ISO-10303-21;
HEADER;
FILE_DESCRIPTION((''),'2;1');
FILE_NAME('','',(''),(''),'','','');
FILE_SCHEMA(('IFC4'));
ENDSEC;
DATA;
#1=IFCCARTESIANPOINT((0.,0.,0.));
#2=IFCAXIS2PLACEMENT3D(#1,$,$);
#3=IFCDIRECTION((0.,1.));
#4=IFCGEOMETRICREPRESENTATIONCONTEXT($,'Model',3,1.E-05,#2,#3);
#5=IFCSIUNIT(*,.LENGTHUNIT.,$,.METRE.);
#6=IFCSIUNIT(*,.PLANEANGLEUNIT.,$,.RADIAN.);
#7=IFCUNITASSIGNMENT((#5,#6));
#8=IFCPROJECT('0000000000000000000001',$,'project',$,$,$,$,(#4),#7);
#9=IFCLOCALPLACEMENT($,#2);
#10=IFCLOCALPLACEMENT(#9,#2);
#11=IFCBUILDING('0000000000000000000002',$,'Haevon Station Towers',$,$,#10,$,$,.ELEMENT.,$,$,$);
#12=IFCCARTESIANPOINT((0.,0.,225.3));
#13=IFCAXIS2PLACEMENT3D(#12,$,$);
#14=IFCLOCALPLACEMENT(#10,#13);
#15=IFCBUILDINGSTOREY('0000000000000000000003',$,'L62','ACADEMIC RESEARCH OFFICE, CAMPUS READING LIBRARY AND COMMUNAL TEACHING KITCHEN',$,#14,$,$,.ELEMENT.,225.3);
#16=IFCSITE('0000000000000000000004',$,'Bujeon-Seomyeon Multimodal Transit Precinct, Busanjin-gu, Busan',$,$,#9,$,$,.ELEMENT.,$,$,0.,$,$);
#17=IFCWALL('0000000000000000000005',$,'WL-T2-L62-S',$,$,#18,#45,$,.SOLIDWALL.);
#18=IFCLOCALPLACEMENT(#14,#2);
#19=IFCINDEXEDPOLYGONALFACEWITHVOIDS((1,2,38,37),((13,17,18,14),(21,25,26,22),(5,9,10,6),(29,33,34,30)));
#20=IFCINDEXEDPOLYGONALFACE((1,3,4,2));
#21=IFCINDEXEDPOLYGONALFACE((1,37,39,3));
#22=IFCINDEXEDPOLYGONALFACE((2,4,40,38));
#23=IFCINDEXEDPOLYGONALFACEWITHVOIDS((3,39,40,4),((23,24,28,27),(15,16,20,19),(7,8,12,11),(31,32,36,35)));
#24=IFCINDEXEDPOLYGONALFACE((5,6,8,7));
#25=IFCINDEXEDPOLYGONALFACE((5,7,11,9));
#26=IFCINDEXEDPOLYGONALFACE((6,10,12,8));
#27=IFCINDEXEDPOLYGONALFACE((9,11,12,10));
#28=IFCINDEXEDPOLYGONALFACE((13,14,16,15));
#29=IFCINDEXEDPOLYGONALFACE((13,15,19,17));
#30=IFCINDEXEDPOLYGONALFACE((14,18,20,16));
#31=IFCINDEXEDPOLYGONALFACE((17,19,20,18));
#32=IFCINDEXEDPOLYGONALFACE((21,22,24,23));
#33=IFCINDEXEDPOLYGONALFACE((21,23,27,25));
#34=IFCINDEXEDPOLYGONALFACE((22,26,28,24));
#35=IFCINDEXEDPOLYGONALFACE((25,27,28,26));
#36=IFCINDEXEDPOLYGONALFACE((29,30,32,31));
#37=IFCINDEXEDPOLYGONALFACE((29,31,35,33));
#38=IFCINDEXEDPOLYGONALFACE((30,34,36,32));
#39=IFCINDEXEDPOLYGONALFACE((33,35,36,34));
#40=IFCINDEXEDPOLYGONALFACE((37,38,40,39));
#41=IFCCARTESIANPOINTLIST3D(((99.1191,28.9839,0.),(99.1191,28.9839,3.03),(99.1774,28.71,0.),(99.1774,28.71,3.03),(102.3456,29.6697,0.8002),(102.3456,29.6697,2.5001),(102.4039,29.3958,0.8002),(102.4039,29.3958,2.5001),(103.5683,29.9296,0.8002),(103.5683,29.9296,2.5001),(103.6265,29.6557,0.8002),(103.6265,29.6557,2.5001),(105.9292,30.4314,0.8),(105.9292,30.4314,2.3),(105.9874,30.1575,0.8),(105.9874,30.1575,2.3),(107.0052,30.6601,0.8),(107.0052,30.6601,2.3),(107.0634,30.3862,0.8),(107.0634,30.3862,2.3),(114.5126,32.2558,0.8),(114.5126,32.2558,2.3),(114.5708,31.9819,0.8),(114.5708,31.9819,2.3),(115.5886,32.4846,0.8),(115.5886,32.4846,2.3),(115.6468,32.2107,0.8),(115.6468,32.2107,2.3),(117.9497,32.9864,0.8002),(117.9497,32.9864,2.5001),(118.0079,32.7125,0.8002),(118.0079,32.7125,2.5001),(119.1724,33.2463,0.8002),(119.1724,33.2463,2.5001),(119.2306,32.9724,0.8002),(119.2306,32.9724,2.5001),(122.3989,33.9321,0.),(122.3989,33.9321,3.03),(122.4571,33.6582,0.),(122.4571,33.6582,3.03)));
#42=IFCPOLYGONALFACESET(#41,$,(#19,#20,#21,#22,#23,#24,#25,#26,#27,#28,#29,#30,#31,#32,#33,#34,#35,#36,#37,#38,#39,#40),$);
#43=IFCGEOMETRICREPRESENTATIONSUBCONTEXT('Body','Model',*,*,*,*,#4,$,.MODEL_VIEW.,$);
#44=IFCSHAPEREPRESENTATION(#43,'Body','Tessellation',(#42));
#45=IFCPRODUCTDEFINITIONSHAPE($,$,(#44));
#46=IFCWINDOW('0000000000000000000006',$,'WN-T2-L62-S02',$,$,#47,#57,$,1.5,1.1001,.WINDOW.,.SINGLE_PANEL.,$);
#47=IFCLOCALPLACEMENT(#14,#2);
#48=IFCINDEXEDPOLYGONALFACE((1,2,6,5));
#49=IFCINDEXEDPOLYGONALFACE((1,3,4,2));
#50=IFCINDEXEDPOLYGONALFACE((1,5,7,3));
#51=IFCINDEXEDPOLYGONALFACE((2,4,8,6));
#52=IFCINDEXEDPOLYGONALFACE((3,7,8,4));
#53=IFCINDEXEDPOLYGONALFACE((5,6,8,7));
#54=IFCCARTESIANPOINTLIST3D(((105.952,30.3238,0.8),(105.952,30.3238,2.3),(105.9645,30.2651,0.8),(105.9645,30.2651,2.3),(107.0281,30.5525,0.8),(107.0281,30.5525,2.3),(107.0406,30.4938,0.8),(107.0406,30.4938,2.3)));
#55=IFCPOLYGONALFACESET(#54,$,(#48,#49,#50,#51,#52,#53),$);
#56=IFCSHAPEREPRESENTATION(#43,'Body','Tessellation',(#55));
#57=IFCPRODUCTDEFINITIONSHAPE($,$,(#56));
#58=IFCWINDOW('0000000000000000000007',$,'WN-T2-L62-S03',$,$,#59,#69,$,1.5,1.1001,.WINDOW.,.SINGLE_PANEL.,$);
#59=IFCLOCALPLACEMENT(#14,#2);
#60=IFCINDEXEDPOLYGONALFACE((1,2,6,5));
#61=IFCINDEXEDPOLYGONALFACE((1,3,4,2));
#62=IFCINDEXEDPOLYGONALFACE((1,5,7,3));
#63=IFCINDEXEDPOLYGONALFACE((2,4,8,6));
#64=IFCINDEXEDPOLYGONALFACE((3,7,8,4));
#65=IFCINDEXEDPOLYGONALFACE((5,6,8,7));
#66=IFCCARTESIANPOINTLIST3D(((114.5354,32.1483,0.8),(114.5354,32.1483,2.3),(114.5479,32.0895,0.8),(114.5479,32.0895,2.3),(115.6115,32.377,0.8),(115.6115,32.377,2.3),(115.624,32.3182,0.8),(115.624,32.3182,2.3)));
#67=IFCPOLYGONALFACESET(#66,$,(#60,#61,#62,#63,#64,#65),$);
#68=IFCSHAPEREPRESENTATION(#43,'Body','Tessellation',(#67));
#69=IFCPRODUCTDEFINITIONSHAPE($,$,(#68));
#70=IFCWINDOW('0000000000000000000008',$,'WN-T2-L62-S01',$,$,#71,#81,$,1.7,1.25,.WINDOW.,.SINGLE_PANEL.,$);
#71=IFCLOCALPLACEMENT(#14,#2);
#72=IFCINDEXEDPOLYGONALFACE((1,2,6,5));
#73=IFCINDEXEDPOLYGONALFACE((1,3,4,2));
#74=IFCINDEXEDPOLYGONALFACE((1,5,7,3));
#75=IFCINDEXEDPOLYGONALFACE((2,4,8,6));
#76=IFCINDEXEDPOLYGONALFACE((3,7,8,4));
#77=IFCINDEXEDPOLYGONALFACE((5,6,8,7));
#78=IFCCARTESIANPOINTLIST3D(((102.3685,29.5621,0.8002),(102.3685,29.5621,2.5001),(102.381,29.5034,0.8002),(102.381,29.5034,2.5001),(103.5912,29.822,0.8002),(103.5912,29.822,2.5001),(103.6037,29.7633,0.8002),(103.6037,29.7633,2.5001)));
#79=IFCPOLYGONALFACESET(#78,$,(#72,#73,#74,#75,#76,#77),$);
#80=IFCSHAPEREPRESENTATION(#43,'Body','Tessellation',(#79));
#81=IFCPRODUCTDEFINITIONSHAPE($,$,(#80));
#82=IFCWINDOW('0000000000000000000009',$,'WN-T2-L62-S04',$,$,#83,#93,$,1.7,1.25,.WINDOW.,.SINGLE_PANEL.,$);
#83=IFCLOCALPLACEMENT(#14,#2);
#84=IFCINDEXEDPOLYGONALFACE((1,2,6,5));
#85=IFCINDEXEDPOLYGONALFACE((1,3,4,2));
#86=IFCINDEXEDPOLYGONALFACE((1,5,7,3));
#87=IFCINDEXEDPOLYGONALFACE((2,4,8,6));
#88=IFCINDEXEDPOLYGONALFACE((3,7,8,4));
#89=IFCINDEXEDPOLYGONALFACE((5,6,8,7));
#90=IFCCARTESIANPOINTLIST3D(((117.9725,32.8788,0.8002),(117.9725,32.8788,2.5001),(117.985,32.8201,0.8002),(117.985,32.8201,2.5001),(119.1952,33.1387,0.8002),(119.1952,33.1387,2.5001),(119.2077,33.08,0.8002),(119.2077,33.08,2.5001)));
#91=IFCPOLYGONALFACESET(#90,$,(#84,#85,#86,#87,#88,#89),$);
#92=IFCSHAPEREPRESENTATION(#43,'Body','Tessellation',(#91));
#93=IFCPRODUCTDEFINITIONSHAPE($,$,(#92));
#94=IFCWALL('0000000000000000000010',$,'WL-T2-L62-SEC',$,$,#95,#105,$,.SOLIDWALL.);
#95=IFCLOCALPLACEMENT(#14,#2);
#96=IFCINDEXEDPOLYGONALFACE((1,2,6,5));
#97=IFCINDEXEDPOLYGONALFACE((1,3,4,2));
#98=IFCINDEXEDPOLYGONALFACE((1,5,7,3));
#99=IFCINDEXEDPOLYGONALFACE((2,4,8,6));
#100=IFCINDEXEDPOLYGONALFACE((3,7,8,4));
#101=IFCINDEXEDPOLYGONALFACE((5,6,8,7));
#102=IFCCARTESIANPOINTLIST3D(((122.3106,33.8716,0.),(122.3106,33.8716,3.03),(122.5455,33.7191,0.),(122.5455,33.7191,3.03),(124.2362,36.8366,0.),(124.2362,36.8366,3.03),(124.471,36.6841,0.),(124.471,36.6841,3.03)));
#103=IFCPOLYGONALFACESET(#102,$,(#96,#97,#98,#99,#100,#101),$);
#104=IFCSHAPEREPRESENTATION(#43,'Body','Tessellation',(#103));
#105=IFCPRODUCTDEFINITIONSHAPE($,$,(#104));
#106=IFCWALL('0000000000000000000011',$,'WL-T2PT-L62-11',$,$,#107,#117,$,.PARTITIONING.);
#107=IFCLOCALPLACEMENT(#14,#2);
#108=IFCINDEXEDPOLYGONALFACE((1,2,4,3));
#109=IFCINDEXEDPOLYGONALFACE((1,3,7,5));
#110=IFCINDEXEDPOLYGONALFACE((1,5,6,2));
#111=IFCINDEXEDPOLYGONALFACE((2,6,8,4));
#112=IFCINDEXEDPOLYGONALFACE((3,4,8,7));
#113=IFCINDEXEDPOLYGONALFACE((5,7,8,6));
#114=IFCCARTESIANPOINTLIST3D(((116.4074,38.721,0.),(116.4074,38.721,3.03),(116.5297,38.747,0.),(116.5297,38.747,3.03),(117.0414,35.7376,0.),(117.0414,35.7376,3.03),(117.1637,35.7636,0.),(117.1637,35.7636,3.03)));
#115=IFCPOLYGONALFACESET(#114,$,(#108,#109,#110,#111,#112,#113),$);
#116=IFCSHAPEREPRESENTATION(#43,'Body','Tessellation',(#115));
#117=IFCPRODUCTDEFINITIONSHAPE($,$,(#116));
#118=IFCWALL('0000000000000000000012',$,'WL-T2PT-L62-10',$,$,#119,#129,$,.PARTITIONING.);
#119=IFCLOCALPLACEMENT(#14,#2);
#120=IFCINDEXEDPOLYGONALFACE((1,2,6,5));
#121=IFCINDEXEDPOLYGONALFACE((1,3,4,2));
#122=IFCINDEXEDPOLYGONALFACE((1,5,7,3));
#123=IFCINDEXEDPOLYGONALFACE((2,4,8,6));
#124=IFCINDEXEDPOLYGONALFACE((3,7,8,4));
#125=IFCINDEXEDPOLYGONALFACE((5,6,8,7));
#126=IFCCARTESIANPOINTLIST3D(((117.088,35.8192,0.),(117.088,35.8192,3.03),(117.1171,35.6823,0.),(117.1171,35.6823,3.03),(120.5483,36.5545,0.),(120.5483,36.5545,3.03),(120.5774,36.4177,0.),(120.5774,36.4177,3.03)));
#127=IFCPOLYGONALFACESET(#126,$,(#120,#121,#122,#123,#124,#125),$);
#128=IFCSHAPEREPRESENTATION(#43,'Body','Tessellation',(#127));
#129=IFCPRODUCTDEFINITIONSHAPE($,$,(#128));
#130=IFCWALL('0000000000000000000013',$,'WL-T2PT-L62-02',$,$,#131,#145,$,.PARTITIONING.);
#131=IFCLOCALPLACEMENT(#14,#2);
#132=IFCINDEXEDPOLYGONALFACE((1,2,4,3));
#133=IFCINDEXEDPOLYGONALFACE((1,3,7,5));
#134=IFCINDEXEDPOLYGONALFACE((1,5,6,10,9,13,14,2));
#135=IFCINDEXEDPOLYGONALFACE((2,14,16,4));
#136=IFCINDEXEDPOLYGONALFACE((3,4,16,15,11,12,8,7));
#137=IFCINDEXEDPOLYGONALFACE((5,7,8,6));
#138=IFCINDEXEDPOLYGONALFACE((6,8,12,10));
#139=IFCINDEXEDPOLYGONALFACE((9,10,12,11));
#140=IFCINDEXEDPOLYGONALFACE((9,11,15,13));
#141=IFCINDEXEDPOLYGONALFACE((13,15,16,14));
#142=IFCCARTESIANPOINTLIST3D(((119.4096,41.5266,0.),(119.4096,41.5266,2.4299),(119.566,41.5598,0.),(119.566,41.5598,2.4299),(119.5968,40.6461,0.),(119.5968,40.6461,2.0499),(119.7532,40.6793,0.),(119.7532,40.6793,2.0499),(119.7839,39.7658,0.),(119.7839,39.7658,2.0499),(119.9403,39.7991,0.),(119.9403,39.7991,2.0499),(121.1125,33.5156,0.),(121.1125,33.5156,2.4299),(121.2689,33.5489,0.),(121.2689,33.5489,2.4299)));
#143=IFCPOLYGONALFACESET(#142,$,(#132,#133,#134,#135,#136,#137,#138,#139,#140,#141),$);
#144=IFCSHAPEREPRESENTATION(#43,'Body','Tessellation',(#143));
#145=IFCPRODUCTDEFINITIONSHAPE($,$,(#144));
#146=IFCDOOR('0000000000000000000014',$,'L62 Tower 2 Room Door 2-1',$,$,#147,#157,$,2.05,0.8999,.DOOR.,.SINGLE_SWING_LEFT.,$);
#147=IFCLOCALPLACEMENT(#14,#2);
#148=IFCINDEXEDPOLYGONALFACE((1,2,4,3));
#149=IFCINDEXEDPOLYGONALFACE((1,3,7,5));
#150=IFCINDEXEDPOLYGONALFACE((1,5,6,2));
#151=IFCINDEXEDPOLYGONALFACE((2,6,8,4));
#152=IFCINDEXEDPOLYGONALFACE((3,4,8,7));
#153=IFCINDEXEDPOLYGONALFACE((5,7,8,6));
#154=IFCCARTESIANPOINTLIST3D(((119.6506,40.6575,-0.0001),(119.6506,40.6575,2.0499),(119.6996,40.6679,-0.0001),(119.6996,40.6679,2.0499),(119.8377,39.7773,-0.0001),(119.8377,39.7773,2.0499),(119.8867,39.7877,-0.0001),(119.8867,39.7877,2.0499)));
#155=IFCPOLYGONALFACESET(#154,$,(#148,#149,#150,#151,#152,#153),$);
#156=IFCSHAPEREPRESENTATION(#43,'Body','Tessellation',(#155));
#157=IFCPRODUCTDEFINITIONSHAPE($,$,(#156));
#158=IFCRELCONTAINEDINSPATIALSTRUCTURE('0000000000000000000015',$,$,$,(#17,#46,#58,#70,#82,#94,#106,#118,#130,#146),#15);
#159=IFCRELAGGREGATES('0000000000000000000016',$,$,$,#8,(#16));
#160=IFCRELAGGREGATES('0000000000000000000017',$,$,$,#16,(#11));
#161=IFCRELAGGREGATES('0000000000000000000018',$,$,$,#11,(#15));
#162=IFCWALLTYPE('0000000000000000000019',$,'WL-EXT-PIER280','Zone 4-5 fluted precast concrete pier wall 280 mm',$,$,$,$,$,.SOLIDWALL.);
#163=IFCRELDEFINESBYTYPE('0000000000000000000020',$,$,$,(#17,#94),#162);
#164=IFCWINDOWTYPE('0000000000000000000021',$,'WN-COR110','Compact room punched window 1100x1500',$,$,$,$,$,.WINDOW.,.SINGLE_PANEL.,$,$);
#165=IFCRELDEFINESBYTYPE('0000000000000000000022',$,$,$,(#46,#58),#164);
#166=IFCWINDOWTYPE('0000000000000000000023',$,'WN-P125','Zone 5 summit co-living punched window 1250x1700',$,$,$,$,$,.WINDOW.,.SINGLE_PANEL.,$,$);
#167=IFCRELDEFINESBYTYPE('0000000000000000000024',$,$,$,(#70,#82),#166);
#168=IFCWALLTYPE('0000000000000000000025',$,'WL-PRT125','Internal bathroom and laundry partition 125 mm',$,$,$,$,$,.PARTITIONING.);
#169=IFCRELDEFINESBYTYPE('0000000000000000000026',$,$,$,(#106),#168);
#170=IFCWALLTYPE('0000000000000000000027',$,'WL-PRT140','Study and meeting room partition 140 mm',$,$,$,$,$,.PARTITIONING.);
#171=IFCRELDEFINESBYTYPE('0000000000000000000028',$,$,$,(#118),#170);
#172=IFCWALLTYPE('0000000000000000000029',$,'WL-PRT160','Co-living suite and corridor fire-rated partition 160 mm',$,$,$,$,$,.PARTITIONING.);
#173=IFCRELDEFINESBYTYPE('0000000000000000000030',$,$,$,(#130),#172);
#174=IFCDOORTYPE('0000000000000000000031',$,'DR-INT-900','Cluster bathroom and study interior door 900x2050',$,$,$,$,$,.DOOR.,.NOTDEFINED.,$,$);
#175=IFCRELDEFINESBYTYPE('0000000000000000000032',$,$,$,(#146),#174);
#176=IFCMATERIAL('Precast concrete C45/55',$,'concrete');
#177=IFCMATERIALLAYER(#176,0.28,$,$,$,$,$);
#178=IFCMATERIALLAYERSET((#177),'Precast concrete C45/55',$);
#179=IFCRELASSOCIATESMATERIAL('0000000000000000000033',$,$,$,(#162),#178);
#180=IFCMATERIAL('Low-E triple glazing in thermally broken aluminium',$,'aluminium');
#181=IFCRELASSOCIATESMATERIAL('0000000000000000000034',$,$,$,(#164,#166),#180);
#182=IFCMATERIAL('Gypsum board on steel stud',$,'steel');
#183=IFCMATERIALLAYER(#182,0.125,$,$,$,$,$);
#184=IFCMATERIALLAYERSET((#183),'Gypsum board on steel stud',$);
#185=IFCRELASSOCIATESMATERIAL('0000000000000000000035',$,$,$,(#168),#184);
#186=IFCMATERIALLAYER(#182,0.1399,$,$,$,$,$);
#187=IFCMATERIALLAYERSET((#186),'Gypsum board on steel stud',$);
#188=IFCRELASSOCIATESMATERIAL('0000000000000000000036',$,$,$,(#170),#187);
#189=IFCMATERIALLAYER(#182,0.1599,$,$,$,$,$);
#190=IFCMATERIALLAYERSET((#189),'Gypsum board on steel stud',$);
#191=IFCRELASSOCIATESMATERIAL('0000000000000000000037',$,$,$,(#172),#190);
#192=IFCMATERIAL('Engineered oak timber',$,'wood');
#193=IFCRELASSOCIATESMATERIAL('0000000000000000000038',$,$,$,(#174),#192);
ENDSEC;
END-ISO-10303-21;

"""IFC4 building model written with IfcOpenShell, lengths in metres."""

from ifc_helpers import new_model, si_unit, direction, frame, frame_2d, origin, place, context, subcontext, project, spatial, rectangle, extrude, material, layer, layer_set, type_object, element, fill, save


model = new_model("IFC4")

# Units and contexts
model_context = context("Model", 3, precision=1e-05, world=origin(), true_north=direction((0.0, 1.0)))
body_context = subcontext(model_context, "Body", "Model", "MODEL_VIEW")
ifc_project = project(units=[si_unit("LENGTHUNIT", "METRE"), si_unit("PLANEANGLEUNIT", "RADIAN")], contexts=[model_context])

# Site, building, storey
site_placement = place(None, origin())
site = spatial("IfcSite", under=ifc_project, at=site_placement, Name="Bujeon-Seomyeon Multimodal Transit Precinct, Busanjin-gu, Busan", CompositionType="ELEMENT", RefElevation=0.0)
building_placement = place(site_placement, origin())
building = spatial("IfcBuilding", under=site, at=building_placement, Name="Haevon Station Towers", CompositionType="ELEMENT")
storey_placement = place(building_placement, frame((0.0, 0.0, 225.3)))
storey = spatial("IfcBuildingStorey", under=building, at=storey_placement, Name="L62", Description="ACADEMIC RESEARCH OFFICE, CAMPUS READING LIBRARY AND COMMUNAL TEACHING KITCHEN", CompositionType="ELEMENT", Elevation=225.3)

# Wall, openings, windows
ifc_material_1 = material(Name="Precast concrete C45/55", Category="concrete")
ifc_layer_1 = layer(ifc_material_1, 0.28)
ifc_layer_set_1 = layer_set([ifc_layer_1], Name="Precast concrete C45/55")
wall_type_1 = type_object("IfcWallType", Name="WL-EXT-PIER280", Description="Zone 4-5 fluted precast concrete pier wall 280 mm", PredefinedType="SOLIDWALL", material=ifc_layer_set_1)
wall_1_placement = place(storey_placement, frame((122.428, 33.7952, 0.0), z_axis=(0.0, 0.0, 1.0), x_axis=(-0.978148, -0.207911, 0.0)))
wall_1 = element("IfcWall", 1, at=wall_1_placement, inside=storey, type_object=wall_type_1, Name="WL-T2-L62-S", PredefinedType="SOLIDWALL", context=body_context, shape_type="SweptSolid", body=[
    extrude(rectangle(XDim=23.7998, YDim=0.28, at=frame_2d((11.8999, 0.0))), origin(), (0.0, 0.0, 1.0), 3.03),
])
opening_1_placement = place(wall_1_placement, frame((19.2512, 0.0, 0.8)))
opening_1 = element("IfcOpeningElement", 2, at=opening_1_placement, cuts=wall_1, PredefinedType="OPENING", context=body_context, shape_type="SweptSolid", body=[
    extrude(rectangle(XDim=1.25, YDim=1.7, at=frame_2d((0.625, 0.8501))), frame((0.0, 0.1499, 0.0), z_axis=(0.0, -1.0, 0.0), x_axis=(1.0, 0.0, 0.0)), (0.0, 0.0, 1.0), 0.3),
])
opening_2_placement = place(wall_1_placement, frame((15.7375, 0.0, 0.8)))
opening_2 = element("IfcOpeningElement", 3, at=opening_2_placement, cuts=wall_1, PredefinedType="OPENING", context=body_context, shape_type="SweptSolid", body=[
    extrude(rectangle(XDim=1.1001, YDim=1.5, at=frame_2d((0.55, 0.75))), frame((0.0, 0.1499, 0.0), z_axis=(0.0, -1.0, 0.0), x_axis=(1.0, 0.0, 0.0)), (0.0, 0.0, 1.0), 0.3),
])
opening_3_placement = place(wall_1_placement, frame((6.9624, 0.0, 0.8)))
opening_3 = element("IfcOpeningElement", 4, at=opening_3_placement, cuts=wall_1, PredefinedType="OPENING", context=body_context, shape_type="SweptSolid", body=[
    extrude(rectangle(XDim=1.1001, YDim=1.5, at=frame_2d((0.55, 0.75))), frame((0.0, 0.1499, 0.0), z_axis=(0.0, -1.0, 0.0), x_axis=(1.0, 0.0, 0.0)), (0.0, 0.0, 1.0), 0.3),
])
opening_4_placement = place(wall_1_placement, frame((3.2986, 0.0, 0.8)))
opening_4 = element("IfcOpeningElement", 5, at=opening_4_placement, cuts=wall_1, PredefinedType="OPENING", context=body_context, shape_type="SweptSolid", body=[
    extrude(rectangle(XDim=1.25, YDim=1.7, at=frame_2d((0.625, 0.8501))), frame((0.0, 0.1499, 0.0), z_axis=(0.0, -1.0, 0.0), x_axis=(1.0, 0.0, 0.0)), (0.0, 0.0, 1.0), 0.3),
])
ifc_material_2 = material(Name="Low-E triple glazing in thermally broken aluminium", Category="aluminium")
window_type_1 = type_object("IfcWindowType", Name="WN-COR110", Description="Compact room punched window 1100x1500", PartitioningType="SINGLE_PANEL", PredefinedType="WINDOW", material=ifc_material_2)
window_1_placement = place(opening_2_placement, origin())
window_1 = element("IfcWindow", 6, at=window_1_placement, inside=storey, type_object=window_type_1, Name="WN-T2-L62-S02", OverallHeight=1.5, OverallWidth=1.1001, PartitioningType="SINGLE_PANEL", PredefinedType="WINDOW", context=body_context, shape_type="SweptSolid", body=[
    extrude(rectangle(XDim=1.1001, YDim=1.5, at=frame_2d((0.55, 0.75))), frame((0.0, 0.03, 0.0), z_axis=(0.0, -1.0, 0.0), x_axis=(1.0, 0.0, 0.0)), (0.0, 0.0, 1.0), 0.0601),
])
fill(opening_2, window_1)
window_2_placement = place(opening_3_placement, origin())
window_2 = element("IfcWindow", 7, at=window_2_placement, inside=storey, type_object=window_type_1, Name="WN-T2-L62-S03", OverallHeight=1.5, OverallWidth=1.1001, PartitioningType="SINGLE_PANEL", PredefinedType="WINDOW", context=body_context, shape_type="SweptSolid", body=[
    extrude(rectangle(XDim=1.1001, YDim=1.5, at=frame_2d((0.55, 0.75))), frame((0.0, 0.03, 0.0), z_axis=(0.0, -1.0, 0.0), x_axis=(1.0, 0.0, 0.0)), (0.0, 0.0, 1.0), 0.0601),
])
fill(opening_3, window_2)
window_type_2 = type_object("IfcWindowType", Name="WN-P125", Description="Zone 5 summit co-living punched window 1250x1700", PartitioningType="SINGLE_PANEL", PredefinedType="WINDOW", material=ifc_material_2)
window_3_placement = place(opening_1_placement, origin())
window_3 = element("IfcWindow", 8, at=window_3_placement, inside=storey, type_object=window_type_2, Name="WN-T2-L62-S01", OverallHeight=1.7, OverallWidth=1.25, PartitioningType="SINGLE_PANEL", PredefinedType="WINDOW", context=body_context, shape_type="SweptSolid", body=[
    extrude(rectangle(XDim=1.25, YDim=1.7, at=frame_2d((0.625, 0.8501))), frame((0.0, 0.03, 0.0), z_axis=(0.0, -1.0, 0.0), x_axis=(1.0, 0.0, 0.0)), (0.0, 0.0, 1.0), 0.0601),
])
fill(opening_1, window_3)
window_4_placement = place(opening_4_placement, origin())
window_4 = element("IfcWindow", 9, at=window_4_placement, inside=storey, type_object=window_type_2, Name="WN-T2-L62-S04", OverallHeight=1.7, OverallWidth=1.25, PartitioningType="SINGLE_PANEL", PredefinedType="WINDOW", context=body_context, shape_type="SweptSolid", body=[
    extrude(rectangle(XDim=1.25, YDim=1.7, at=frame_2d((0.625, 0.8501))), frame((0.0, 0.03, 0.0), z_axis=(0.0, -1.0, 0.0), x_axis=(1.0, 0.0, 0.0)), (0.0, 0.0, 1.0), 0.0601),
])
fill(opening_4, window_4)

# Walls
wall_2_placement = place(storey_placement, frame((124.3535, 36.7603, 0.0), z_axis=(0.0, 0.0, 1.0), x_axis=(-0.544636, -0.838672, 0.0)))
element("IfcWall", 10, at=wall_2_placement, inside=storey, type_object=wall_type_1, Name="WL-T2-L62-SEC", PredefinedType="SOLIDWALL", context=body_context, shape_type="SweptSolid", body=[
    extrude(rectangle(XDim=3.5354, YDim=0.28, at=frame_2d((1.7676, 0.0))), origin(), (0.0, 0.0, 1.0), 3.03),
])
ifc_material_3 = material(Name="Gypsum board on steel stud", Category="steel")
ifc_layer_2 = layer(ifc_material_3, 0.125)
ifc_layer_set_2 = layer_set([ifc_layer_2], Name="Gypsum board on steel stud")
wall_type_2 = type_object("IfcWallType", Name="WL-PRT125", Description="Internal bathroom and laundry partition 125 mm", PredefinedType="PARTITIONING", material=ifc_layer_set_2)
wall_3_placement = place(storey_placement, frame((117.1025, 35.7507, 0.0), z_axis=(0.0, 0.0, 1.0), x_axis=(-0.207878, 0.978155, 0.0)))
element("IfcWall", 11, at=wall_3_placement, inside=storey, type_object=wall_type_2, Name="WL-T2PT-L62-11", PredefinedType="PARTITIONING", context=body_context, shape_type="SweptSolid", body=[
    extrude(rectangle(XDim=3.05, YDim=0.125, at=frame_2d((1.5249, 0.0))), origin(), (0.0, 0.0, 1.0), 3.03),
])
ifc_layer_3 = layer(ifc_material_3, 0.1399)
ifc_layer_set_3 = layer_set([ifc_layer_3], Name="Gypsum board on steel stud")
wall_type_3 = type_object("IfcWallType", Name="WL-PRT140", Description="Study and meeting room partition 140 mm", PredefinedType="PARTITIONING", material=ifc_layer_set_3)
wall_4_placement = place(storey_placement, frame((117.1025, 35.7507, 0.0), z_axis=(0.0, 0.0, 1.0), x_axis=(0.978156, 0.207874, 0.0)))
element("IfcWall", 12, at=wall_4_placement, inside=storey, type_object=wall_type_3, Name="WL-T2PT-L62-10", PredefinedType="PARTITIONING", context=body_context, shape_type="SweptSolid", body=[
    extrude(rectangle(XDim=3.5376, YDim=0.1399, at=frame_2d((1.7688, 0.0))), origin(), (0.0, 0.0, 1.0), 3.03),
])

# Wall, opening, door
ifc_layer_4 = layer(ifc_material_3, 0.1599)
ifc_layer_set_4 = layer_set([ifc_layer_4], Name="Gypsum board on steel stud")
wall_type_4 = type_object("IfcWallType", Name="WL-PRT160", Description="Co-living suite and corridor fire-rated partition 160 mm", PredefinedType="PARTITIONING", material=ifc_layer_set_4)
wall_5_placement = place(storey_placement, frame((121.1907, 33.5322, 0.0), z_axis=(0.0, 0.0, 1.0), x_axis=(-0.207923, 0.978145, 0.0)))
wall_5 = element("IfcWall", 13, at=wall_5_placement, inside=storey, type_object=wall_type_4, Name="WL-T2PT-L62-02", PredefinedType="PARTITIONING", context=body_context, shape_type="SweptSolid", body=[
    extrude(rectangle(XDim=8.1899, YDim=0.1599, at=frame_2d((4.095, 0.0))), origin(), (0.0, 0.0, 1.0), 2.4299),
])
opening_5_placement = place(wall_5_placement, frame((6.3899, 0.0, 0.0)))
opening_5 = element("IfcOpeningElement", 14, at=opening_5_placement, cuts=wall_5, PredefinedType="OPENING", context=body_context, shape_type="SweptSolid", body=[
    extrude(rectangle(XDim=0.8999, YDim=2.05, at=frame_2d((0.45, 1.0249))), frame((0.0, 0.0898, 0.0), z_axis=(0.0, -1.0, 0.0), x_axis=(1.0, 0.0, 0.0)), (0.0, 0.0, 1.0), 0.1799),
])
ifc_material_4 = material(Name="Engineered oak timber", Category="wood")
door_type = type_object("IfcDoorType", Name="DR-INT-900", Description="Cluster bathroom and study interior door 900x2050", OperationType="NOTDEFINED", PredefinedType="DOOR", material=ifc_material_4)
door_placement = place(opening_5_placement, origin())
door = element("IfcDoor", 15, at=door_placement, inside=storey, type_object=door_type, Name="L62 Tower 2 Room Door 2-1", OperationType="SINGLE_SWING_LEFT", OverallHeight=2.05, OverallWidth=0.8999, PredefinedType="DOOR", context=body_context, shape_type="SweptSolid", body=[
    extrude(rectangle(XDim=0.8999, YDim=2.05, at=frame_2d((0.45, 1.0249))), frame((0.0, 0.0249, 0.0), z_axis=(0.0, -1.0, 0.0), x_axis=(1.0, 0.0, 0.0)), (0.0, 0.0, 1.0), 0.05),
])
fill(opening_5, door)

save(model, "model.ifc")
